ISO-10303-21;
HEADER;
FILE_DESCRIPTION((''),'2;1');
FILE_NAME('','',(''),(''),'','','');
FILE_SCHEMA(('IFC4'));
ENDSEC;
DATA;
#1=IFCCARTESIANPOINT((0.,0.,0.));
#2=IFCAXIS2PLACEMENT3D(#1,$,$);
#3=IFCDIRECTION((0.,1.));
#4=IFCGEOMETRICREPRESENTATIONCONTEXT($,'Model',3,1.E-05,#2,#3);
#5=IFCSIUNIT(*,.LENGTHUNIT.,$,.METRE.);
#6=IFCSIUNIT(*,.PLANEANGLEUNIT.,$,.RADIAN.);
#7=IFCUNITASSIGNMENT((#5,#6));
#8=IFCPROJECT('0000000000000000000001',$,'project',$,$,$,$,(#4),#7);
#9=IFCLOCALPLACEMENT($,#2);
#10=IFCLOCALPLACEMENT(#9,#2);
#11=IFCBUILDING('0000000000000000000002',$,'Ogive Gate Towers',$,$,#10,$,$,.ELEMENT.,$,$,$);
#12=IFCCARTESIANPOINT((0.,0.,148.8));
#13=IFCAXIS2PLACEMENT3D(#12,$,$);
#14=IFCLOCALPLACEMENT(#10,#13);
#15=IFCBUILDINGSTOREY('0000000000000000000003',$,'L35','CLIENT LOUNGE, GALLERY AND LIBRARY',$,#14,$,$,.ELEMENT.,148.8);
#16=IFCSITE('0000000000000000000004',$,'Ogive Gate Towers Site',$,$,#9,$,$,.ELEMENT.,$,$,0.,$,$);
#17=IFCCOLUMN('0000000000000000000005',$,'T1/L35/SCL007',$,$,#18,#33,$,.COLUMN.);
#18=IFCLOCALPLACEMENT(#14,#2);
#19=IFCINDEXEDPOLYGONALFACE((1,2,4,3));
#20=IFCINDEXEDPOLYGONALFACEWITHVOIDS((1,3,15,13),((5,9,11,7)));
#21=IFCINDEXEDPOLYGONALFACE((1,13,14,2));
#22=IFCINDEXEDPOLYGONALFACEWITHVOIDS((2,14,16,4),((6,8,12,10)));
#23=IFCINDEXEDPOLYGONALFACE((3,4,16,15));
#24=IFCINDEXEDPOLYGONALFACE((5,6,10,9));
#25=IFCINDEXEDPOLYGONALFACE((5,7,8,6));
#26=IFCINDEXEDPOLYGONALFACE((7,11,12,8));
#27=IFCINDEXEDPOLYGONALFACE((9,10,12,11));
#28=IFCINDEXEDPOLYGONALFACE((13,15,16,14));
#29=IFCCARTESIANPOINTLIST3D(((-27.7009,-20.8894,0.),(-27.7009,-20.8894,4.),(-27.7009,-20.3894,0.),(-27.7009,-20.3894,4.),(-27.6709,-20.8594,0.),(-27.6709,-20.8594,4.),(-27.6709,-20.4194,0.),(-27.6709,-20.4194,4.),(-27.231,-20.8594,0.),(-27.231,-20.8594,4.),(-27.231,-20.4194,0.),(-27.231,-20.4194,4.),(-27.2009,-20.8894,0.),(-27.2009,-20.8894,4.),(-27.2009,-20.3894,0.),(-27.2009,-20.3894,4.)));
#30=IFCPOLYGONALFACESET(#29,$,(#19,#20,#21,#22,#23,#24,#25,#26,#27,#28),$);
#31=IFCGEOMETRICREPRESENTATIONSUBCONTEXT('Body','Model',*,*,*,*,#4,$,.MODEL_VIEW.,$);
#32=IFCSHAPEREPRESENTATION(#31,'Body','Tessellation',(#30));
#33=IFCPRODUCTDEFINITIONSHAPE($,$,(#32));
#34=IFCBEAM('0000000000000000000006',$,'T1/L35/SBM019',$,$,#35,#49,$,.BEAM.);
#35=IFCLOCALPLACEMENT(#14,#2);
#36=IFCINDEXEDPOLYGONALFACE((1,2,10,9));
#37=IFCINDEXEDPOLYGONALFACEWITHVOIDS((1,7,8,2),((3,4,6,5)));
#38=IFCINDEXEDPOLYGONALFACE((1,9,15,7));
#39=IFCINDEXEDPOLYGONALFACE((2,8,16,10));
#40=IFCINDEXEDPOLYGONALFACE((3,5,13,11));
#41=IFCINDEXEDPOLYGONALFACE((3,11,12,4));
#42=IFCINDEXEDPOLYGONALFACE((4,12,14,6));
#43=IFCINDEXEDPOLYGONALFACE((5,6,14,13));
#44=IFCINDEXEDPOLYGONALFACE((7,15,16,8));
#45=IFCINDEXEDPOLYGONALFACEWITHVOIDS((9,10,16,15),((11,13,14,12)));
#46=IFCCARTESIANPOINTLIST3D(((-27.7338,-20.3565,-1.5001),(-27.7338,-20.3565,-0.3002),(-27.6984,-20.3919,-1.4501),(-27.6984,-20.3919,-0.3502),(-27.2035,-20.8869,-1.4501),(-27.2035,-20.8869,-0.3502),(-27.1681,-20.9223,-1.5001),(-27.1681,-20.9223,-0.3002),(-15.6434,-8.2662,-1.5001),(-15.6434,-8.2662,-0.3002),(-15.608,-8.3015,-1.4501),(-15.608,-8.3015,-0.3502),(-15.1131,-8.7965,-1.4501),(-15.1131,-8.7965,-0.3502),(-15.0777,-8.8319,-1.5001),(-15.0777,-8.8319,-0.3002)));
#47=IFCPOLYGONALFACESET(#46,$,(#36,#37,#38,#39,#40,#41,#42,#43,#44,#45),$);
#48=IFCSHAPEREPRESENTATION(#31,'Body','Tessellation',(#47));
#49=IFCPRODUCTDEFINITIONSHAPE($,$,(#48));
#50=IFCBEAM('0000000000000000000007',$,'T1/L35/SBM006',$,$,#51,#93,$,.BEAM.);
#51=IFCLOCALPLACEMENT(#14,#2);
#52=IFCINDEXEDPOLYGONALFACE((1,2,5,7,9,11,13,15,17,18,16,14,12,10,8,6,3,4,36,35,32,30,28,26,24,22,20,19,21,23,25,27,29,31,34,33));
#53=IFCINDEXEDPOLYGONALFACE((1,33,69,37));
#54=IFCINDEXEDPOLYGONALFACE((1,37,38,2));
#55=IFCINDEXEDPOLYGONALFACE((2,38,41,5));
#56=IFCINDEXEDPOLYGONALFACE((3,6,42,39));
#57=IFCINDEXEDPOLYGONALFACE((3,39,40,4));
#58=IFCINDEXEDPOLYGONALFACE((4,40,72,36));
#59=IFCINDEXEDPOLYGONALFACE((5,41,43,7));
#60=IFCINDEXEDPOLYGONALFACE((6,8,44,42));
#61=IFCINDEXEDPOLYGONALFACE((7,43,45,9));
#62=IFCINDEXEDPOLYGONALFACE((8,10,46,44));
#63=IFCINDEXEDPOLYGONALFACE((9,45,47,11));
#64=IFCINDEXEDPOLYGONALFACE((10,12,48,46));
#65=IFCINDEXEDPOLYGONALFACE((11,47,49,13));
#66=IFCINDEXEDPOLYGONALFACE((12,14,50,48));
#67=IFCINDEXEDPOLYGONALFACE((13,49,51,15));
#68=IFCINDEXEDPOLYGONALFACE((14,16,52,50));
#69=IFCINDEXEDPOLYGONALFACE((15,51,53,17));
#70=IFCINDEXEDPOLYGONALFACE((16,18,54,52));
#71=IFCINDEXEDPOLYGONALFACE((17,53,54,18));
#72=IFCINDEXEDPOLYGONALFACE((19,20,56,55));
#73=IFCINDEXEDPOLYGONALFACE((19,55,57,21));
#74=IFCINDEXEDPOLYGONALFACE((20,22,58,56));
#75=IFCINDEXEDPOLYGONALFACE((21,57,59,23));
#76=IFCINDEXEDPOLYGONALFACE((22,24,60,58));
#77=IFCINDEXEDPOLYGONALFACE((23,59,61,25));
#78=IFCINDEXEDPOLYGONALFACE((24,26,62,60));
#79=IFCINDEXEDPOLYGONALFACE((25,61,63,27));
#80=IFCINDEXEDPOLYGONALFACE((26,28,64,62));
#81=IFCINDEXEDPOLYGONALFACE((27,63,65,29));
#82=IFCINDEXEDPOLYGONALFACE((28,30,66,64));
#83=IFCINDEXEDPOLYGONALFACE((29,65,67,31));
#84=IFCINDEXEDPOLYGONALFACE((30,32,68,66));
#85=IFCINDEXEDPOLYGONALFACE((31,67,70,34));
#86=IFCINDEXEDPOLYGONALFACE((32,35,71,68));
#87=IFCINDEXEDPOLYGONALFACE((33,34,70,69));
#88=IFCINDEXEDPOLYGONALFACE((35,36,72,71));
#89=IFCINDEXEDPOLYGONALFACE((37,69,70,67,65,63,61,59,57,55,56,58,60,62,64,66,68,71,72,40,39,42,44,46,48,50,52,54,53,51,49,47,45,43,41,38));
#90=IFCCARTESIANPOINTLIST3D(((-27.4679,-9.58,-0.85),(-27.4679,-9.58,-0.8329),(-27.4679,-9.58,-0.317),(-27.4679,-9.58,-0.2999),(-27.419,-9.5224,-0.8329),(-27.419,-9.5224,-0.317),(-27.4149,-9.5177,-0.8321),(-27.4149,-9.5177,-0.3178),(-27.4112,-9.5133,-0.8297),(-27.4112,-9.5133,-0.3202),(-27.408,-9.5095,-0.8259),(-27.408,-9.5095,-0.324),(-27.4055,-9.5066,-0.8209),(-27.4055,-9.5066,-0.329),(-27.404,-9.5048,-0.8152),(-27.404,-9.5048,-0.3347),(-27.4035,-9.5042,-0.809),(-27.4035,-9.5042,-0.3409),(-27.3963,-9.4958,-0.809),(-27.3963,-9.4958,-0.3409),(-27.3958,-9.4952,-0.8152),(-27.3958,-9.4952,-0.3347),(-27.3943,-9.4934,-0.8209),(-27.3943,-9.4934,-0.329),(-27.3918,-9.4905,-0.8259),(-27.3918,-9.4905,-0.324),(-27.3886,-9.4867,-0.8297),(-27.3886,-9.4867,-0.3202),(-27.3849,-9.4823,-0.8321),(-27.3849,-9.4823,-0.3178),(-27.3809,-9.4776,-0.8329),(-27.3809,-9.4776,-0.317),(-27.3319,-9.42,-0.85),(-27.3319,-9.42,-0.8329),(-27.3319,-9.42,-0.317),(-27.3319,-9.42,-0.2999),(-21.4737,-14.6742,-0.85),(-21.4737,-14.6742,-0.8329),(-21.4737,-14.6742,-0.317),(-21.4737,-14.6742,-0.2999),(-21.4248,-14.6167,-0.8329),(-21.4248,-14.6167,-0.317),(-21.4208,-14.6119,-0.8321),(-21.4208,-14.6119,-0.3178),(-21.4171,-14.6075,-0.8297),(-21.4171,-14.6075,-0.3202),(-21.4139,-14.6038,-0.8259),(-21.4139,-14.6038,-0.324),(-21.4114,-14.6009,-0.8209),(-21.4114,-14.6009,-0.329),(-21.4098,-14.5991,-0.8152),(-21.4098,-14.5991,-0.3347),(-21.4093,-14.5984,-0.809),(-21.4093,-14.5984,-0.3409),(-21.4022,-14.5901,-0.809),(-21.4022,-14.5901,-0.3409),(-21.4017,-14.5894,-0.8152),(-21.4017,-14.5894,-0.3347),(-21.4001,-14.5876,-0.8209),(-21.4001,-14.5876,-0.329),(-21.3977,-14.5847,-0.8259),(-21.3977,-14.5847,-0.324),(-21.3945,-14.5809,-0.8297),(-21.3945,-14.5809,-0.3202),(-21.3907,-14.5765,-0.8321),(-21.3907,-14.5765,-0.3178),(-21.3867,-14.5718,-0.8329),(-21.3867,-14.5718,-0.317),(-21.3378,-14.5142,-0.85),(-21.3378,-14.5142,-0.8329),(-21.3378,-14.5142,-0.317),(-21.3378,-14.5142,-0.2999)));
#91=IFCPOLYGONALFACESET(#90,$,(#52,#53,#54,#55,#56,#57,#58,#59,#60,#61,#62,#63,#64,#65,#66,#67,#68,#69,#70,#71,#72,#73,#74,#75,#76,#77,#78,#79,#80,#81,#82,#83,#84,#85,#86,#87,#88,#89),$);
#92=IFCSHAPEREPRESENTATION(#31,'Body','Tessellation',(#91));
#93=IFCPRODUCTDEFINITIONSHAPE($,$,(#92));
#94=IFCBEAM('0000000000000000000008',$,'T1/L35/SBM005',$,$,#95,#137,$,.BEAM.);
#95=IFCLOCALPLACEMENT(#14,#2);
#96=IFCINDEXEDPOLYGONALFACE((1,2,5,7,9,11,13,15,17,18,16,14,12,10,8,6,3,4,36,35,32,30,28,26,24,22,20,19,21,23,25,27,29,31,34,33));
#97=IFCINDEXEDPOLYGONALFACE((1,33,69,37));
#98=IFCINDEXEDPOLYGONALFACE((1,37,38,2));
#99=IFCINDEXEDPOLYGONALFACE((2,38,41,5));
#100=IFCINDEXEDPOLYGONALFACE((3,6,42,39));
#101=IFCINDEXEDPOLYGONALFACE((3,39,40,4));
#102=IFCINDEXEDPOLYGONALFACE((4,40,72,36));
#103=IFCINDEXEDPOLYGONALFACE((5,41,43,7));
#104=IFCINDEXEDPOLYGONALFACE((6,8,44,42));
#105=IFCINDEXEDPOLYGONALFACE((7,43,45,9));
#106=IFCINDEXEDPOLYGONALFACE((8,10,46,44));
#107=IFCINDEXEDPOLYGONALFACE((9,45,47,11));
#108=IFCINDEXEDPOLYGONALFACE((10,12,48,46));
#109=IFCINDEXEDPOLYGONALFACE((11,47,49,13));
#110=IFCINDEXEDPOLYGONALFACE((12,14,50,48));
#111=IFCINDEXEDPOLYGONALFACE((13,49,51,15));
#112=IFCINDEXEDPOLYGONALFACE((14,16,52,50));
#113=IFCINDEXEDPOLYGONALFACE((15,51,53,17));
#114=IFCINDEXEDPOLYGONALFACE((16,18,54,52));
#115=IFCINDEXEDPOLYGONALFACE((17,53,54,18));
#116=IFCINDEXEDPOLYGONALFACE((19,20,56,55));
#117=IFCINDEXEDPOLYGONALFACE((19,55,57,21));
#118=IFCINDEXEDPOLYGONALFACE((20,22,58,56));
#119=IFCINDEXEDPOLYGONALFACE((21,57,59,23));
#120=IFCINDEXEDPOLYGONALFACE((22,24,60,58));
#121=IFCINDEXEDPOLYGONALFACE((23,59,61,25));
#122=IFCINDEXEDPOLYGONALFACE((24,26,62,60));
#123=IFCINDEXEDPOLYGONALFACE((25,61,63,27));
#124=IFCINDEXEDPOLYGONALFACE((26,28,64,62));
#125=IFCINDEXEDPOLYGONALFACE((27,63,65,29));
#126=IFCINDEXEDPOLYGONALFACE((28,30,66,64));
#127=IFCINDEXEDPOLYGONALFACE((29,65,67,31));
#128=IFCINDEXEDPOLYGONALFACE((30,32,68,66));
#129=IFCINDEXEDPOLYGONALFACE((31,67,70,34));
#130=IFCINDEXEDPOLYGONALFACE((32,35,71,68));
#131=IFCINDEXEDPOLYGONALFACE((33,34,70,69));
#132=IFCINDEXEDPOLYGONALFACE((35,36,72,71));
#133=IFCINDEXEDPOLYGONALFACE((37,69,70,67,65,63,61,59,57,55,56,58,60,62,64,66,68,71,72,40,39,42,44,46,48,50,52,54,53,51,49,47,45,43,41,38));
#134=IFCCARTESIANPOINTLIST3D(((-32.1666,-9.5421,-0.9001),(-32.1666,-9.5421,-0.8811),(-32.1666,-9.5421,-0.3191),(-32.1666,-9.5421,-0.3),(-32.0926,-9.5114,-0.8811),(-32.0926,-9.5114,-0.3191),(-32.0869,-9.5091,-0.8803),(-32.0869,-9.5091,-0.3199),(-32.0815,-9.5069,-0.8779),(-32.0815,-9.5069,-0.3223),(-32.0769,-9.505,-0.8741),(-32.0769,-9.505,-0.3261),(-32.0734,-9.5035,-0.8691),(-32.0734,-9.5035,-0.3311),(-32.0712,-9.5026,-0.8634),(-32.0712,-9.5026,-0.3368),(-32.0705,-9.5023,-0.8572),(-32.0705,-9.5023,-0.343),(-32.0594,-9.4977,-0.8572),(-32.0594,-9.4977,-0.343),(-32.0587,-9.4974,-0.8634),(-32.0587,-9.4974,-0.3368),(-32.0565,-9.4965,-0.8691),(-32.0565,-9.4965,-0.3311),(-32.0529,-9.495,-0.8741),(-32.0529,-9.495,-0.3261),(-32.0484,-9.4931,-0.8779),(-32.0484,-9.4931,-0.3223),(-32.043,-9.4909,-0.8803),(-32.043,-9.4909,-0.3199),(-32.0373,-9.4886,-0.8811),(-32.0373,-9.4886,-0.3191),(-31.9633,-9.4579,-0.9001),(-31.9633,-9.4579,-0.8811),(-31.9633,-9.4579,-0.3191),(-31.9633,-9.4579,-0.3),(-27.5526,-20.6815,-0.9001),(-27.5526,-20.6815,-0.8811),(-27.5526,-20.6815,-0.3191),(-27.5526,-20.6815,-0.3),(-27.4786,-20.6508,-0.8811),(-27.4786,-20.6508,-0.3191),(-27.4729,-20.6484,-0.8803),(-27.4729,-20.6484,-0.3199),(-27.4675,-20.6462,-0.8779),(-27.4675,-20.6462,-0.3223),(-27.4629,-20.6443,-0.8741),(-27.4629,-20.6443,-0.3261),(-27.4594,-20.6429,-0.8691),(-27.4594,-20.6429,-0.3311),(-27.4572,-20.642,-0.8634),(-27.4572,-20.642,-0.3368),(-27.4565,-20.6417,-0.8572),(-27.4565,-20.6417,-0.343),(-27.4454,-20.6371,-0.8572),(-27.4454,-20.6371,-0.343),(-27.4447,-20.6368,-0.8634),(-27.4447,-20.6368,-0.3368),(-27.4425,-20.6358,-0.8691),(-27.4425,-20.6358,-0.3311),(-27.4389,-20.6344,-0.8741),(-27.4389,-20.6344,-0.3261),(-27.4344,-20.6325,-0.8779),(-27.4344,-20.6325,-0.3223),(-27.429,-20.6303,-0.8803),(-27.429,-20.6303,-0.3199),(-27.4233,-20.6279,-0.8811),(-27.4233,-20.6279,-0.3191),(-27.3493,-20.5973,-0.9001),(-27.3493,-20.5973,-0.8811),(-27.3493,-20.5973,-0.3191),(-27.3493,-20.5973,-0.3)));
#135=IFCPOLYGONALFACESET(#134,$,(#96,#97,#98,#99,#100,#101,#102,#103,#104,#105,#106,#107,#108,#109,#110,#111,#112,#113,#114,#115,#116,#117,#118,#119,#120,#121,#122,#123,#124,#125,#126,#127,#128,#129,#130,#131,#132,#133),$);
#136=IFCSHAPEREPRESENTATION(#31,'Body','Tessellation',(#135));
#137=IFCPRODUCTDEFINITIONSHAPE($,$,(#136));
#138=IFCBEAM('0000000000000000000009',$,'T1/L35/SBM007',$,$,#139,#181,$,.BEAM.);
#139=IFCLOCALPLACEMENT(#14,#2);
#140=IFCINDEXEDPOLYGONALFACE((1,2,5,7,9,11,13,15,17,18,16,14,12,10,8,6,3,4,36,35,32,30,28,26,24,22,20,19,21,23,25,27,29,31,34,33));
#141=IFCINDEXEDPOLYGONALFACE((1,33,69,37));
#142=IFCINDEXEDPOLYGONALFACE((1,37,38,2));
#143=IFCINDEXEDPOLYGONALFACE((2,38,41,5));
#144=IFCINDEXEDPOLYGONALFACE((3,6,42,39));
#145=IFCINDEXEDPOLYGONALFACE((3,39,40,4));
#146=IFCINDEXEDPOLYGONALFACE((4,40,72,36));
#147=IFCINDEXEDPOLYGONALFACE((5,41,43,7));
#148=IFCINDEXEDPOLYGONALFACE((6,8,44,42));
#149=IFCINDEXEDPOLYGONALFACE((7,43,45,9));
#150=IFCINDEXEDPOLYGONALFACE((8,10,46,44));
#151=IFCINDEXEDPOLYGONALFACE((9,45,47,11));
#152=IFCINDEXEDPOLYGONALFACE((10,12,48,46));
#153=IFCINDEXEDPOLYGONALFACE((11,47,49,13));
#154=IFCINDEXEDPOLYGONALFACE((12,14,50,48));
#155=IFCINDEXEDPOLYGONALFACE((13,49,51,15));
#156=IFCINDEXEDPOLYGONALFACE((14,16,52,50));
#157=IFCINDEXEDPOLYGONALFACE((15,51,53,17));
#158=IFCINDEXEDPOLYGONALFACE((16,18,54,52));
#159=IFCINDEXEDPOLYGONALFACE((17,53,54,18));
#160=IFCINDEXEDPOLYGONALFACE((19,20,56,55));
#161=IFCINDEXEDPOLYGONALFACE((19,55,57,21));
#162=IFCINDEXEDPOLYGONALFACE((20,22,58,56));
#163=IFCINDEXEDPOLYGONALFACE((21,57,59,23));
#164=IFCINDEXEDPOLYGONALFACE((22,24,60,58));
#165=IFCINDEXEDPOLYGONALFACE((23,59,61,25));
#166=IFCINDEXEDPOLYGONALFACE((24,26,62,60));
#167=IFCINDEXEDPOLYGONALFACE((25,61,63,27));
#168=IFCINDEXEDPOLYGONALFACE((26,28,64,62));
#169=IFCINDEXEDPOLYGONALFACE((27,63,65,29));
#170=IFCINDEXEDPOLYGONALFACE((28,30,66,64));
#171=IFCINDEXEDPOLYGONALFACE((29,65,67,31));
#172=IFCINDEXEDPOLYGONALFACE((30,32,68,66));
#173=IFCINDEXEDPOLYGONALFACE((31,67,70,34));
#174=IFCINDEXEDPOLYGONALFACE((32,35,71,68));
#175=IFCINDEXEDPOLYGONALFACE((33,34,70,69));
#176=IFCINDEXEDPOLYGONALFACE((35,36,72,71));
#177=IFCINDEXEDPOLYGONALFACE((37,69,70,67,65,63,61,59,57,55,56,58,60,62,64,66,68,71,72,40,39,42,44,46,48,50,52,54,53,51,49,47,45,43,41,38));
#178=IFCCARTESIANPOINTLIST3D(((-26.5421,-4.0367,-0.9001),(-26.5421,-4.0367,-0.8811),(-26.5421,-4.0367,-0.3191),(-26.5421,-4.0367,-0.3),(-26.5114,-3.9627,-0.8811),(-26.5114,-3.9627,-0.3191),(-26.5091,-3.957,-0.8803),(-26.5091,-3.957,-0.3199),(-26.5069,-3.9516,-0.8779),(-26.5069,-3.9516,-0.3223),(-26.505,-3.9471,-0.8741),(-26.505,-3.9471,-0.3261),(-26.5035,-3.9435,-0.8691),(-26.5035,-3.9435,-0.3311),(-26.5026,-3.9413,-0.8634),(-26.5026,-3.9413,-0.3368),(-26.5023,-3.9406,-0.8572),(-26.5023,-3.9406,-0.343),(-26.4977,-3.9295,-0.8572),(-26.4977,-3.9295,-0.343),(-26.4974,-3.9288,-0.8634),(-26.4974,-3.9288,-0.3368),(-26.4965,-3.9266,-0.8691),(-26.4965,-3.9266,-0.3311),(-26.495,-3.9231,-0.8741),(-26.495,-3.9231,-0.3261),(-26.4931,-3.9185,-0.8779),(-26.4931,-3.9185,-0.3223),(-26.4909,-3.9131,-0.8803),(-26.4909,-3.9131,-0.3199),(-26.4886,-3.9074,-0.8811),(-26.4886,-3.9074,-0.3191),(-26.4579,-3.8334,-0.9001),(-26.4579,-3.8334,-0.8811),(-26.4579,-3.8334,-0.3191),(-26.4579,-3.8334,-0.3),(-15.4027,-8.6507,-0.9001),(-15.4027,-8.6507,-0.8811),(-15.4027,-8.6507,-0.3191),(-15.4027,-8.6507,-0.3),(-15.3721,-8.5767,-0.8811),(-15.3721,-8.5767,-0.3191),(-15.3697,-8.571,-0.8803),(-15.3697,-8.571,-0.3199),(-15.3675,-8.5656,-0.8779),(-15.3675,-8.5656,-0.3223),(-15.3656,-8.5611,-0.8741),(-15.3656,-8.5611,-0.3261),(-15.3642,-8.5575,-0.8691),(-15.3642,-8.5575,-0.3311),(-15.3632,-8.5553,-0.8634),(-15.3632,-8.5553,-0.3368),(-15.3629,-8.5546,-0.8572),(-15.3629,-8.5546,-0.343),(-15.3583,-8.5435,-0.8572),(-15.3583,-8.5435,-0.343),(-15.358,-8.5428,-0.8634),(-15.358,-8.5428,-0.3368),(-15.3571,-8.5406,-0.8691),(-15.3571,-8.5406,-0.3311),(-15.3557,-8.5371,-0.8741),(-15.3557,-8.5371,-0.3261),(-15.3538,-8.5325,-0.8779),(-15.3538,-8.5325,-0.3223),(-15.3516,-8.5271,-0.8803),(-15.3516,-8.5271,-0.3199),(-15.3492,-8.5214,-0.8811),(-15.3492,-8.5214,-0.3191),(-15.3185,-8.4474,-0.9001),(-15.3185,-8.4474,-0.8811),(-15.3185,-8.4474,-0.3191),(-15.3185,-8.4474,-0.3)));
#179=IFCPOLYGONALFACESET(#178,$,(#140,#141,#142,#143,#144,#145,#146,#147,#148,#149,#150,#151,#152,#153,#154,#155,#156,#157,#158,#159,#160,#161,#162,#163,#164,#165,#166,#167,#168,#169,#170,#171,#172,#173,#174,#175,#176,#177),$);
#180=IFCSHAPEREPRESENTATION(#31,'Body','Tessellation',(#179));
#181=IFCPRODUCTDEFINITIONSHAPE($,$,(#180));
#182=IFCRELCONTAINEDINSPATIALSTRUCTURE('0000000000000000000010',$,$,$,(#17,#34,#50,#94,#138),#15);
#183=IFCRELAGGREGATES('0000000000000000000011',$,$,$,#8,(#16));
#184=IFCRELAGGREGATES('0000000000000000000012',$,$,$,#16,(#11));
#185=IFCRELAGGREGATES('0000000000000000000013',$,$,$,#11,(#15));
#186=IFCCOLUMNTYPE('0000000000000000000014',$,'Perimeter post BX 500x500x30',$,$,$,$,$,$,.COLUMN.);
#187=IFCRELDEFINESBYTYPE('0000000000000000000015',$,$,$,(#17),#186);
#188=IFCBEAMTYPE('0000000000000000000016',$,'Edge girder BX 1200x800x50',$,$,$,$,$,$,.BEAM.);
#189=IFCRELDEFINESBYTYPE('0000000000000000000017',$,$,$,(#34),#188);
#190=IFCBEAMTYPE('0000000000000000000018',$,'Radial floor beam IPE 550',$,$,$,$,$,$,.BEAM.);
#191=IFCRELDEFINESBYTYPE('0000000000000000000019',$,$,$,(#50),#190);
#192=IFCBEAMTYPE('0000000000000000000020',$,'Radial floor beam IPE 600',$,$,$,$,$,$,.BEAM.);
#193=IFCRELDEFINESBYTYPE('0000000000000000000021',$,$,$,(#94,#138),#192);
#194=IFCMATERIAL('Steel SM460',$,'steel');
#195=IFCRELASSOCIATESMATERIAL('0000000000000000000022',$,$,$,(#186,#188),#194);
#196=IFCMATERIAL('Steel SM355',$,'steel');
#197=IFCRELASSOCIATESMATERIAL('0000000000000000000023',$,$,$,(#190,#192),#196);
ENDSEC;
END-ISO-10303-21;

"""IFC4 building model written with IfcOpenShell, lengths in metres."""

from ifc_helpers import new_model, si_unit, direction, frame, origin, origin_2d, place, context, subcontext, project, spatial, hollow_rectangle, i_section, extrude, material, material_profile, profile_set, type_object, element, save


model = new_model("IFC4")

# Units and contexts
model_context = context("Model", 3, precision=1e-05, world=origin(), true_north=direction((0.0, 1.0)))
body_context = subcontext(model_context, "Body", "Model", "MODEL_VIEW")
ifc_project = project(units=[si_unit("LENGTHUNIT", "METRE"), si_unit("PLANEANGLEUNIT", "RADIAN")], contexts=[model_context])

# Site, building, storey
site_placement = place(None, origin())
site = spatial("IfcSite", under=ifc_project, at=site_placement, Name="Ogive Gate Towers Site", CompositionType="ELEMENT", RefElevation=0.0)
building_placement = place(site_placement, origin())
building = spatial("IfcBuilding", under=site, at=building_placement, Name="Ogive Gate Towers", CompositionType="ELEMENT")
storey_placement = place(building_placement, frame((0.0, 0.0, 148.8)))
storey = spatial("IfcBuildingStorey", under=building, at=storey_placement, Name="L35", Description="CLIENT LOUNGE, GALLERY AND LIBRARY", CompositionType="ELEMENT", Elevation=148.8)

# Column
ifc_material_1 = material(Name="Steel SM460", Category="steel")
ifc_material_profile_1 = material_profile(ifc_material_1, hollow_rectangle(XDim=0.5, YDim=0.5, WallThickness=0.03, at=origin_2d()), Name="BX 500x500x30")
ifc_profile_set_1 = profile_set([ifc_material_profile_1], Name="Steel SM460")
column_type = type_object("IfcColumnType", Name="Perimeter post BX 500x500x30", PredefinedType="COLUMN", material=ifc_profile_set_1)
column_placement = place(storey_placement, frame((-27.4509, -20.6394, 0.0), z_axis=(0.0, 0.0, 1.0), x_axis=(1.0, 0.0, 0.0)))
element("IfcColumn", 1, at=column_placement, inside=storey, type_object=column_type, Name="T1/L35/SCL007", PredefinedType="COLUMN", context=body_context, shape_type="SweptSolid", body=[
    extrude(hollow_rectangle(XDim=0.5, YDim=0.5, WallThickness=0.03, at=origin_2d()), origin(), (0.0, 0.0, 1.0), 4.0),
])

# Beams
ifc_material_profile_2 = material_profile(ifc_material_1, hollow_rectangle(XDim=0.8, YDim=1.2, WallThickness=0.05, at=origin_2d()), Name="BX 1200x800x50")
ifc_profile_set_2 = profile_set([ifc_material_profile_2], Name="Steel SM460")
beam_type_1 = type_object("IfcBeamType", Name="Edge girder BX 1200x800x50", PredefinedType="BEAM", material=ifc_profile_set_2)
beam_1_placement = place(storey_placement, frame((-27.4509, -20.6394, -0.9001), z_axis=(0.707107, 0.707107, 0.0), x_axis=(-0.707107, 0.707107, 0.0)))
element("IfcBeam", 2, at=beam_1_placement, inside=storey, type_object=beam_type_1, Name="T1/L35/SBM019", PredefinedType="BEAM", context=body_context, shape_type="SweptSolid", body=[
    extrude(hollow_rectangle(XDim=0.8, YDim=1.2, WallThickness=0.05, at=origin_2d()), origin(), (0.0, 0.0, 1.0), 17.0984),
])
ifc_material_2 = material(Name="Steel SM355", Category="steel")
ifc_material_profile_3 = material_profile(ifc_material_2, i_section(OverallWidth=0.21, OverallDepth=0.55, WebThickness=0.011, FlangeThickness=0.0171, FilletRadius=0.0239, at=origin_2d()), Name="IPE 550")
ifc_profile_set_3 = profile_set([ifc_material_profile_3], Name="Steel SM355")
beam_type_2 = type_object("IfcBeamType", Name="Radial floor beam IPE 550", PredefinedType="BEAM", material=ifc_profile_set_3)
beam_2_placement = place(storey_placement, frame((-27.3999, -9.5, -0.575), z_axis=(0.761988, -0.647591, 0.0), x_axis=(0.647591, 0.761988, 0.0)))
element("IfcBeam", 3, at=beam_2_placement, inside=storey, type_object=beam_type_2, Name="T1/L35/SBM006", PredefinedType="BEAM", context=body_context, shape_type="SweptSolid", body=[
    extrude(i_section(OverallWidth=0.21, OverallDepth=0.55, WebThickness=0.011, FlangeThickness=0.0171, FilletRadius=0.0239, at=origin_2d()), origin(), (0.0, 0.0, 1.0), 7.8665),
])
ifc_material_profile_4 = material_profile(ifc_material_2, i_section(OverallWidth=0.22, OverallDepth=0.6001, WebThickness=0.012, FlangeThickness=0.019, FilletRadius=0.0239, at=origin_2d()), Name="IPE 600")
ifc_profile_set_4 = profile_set([ifc_material_profile_4], Name="Steel SM355")
beam_type_3 = type_object("IfcBeamType", Name="Radial floor beam IPE 600", PredefinedType="BEAM", material=ifc_profile_set_4)
for number, where, z_axis, x_axis, name in (
    (4, (-32.0649, -9.5, -0.6001), (0.382678, -0.923882, 0.0), (0.923882, 0.382678, 0.0), "T1/L35/SBM005"),
    (5, (-26.5, -3.9351, -0.6001), (0.923882, -0.382678, 0.0), (0.382678, 0.923882, 0.0), "T1/L35/SBM007"),
):
    element("IfcBeam", number, at=place(storey_placement, frame(where, z_axis=z_axis, x_axis=x_axis)), inside=storey, type_object=beam_type_3, Name=name, PredefinedType="BEAM", context=body_context, shape_type="SweptSolid", body=[
        extrude(i_section(OverallWidth=0.22, OverallDepth=0.6001, WebThickness=0.012, FlangeThickness=0.019, FilletRadius=0.0239, at=origin_2d()), origin(), (0.0, 0.0, 1.0), 12.0571),
    ])

save(model, "model.ifc")
